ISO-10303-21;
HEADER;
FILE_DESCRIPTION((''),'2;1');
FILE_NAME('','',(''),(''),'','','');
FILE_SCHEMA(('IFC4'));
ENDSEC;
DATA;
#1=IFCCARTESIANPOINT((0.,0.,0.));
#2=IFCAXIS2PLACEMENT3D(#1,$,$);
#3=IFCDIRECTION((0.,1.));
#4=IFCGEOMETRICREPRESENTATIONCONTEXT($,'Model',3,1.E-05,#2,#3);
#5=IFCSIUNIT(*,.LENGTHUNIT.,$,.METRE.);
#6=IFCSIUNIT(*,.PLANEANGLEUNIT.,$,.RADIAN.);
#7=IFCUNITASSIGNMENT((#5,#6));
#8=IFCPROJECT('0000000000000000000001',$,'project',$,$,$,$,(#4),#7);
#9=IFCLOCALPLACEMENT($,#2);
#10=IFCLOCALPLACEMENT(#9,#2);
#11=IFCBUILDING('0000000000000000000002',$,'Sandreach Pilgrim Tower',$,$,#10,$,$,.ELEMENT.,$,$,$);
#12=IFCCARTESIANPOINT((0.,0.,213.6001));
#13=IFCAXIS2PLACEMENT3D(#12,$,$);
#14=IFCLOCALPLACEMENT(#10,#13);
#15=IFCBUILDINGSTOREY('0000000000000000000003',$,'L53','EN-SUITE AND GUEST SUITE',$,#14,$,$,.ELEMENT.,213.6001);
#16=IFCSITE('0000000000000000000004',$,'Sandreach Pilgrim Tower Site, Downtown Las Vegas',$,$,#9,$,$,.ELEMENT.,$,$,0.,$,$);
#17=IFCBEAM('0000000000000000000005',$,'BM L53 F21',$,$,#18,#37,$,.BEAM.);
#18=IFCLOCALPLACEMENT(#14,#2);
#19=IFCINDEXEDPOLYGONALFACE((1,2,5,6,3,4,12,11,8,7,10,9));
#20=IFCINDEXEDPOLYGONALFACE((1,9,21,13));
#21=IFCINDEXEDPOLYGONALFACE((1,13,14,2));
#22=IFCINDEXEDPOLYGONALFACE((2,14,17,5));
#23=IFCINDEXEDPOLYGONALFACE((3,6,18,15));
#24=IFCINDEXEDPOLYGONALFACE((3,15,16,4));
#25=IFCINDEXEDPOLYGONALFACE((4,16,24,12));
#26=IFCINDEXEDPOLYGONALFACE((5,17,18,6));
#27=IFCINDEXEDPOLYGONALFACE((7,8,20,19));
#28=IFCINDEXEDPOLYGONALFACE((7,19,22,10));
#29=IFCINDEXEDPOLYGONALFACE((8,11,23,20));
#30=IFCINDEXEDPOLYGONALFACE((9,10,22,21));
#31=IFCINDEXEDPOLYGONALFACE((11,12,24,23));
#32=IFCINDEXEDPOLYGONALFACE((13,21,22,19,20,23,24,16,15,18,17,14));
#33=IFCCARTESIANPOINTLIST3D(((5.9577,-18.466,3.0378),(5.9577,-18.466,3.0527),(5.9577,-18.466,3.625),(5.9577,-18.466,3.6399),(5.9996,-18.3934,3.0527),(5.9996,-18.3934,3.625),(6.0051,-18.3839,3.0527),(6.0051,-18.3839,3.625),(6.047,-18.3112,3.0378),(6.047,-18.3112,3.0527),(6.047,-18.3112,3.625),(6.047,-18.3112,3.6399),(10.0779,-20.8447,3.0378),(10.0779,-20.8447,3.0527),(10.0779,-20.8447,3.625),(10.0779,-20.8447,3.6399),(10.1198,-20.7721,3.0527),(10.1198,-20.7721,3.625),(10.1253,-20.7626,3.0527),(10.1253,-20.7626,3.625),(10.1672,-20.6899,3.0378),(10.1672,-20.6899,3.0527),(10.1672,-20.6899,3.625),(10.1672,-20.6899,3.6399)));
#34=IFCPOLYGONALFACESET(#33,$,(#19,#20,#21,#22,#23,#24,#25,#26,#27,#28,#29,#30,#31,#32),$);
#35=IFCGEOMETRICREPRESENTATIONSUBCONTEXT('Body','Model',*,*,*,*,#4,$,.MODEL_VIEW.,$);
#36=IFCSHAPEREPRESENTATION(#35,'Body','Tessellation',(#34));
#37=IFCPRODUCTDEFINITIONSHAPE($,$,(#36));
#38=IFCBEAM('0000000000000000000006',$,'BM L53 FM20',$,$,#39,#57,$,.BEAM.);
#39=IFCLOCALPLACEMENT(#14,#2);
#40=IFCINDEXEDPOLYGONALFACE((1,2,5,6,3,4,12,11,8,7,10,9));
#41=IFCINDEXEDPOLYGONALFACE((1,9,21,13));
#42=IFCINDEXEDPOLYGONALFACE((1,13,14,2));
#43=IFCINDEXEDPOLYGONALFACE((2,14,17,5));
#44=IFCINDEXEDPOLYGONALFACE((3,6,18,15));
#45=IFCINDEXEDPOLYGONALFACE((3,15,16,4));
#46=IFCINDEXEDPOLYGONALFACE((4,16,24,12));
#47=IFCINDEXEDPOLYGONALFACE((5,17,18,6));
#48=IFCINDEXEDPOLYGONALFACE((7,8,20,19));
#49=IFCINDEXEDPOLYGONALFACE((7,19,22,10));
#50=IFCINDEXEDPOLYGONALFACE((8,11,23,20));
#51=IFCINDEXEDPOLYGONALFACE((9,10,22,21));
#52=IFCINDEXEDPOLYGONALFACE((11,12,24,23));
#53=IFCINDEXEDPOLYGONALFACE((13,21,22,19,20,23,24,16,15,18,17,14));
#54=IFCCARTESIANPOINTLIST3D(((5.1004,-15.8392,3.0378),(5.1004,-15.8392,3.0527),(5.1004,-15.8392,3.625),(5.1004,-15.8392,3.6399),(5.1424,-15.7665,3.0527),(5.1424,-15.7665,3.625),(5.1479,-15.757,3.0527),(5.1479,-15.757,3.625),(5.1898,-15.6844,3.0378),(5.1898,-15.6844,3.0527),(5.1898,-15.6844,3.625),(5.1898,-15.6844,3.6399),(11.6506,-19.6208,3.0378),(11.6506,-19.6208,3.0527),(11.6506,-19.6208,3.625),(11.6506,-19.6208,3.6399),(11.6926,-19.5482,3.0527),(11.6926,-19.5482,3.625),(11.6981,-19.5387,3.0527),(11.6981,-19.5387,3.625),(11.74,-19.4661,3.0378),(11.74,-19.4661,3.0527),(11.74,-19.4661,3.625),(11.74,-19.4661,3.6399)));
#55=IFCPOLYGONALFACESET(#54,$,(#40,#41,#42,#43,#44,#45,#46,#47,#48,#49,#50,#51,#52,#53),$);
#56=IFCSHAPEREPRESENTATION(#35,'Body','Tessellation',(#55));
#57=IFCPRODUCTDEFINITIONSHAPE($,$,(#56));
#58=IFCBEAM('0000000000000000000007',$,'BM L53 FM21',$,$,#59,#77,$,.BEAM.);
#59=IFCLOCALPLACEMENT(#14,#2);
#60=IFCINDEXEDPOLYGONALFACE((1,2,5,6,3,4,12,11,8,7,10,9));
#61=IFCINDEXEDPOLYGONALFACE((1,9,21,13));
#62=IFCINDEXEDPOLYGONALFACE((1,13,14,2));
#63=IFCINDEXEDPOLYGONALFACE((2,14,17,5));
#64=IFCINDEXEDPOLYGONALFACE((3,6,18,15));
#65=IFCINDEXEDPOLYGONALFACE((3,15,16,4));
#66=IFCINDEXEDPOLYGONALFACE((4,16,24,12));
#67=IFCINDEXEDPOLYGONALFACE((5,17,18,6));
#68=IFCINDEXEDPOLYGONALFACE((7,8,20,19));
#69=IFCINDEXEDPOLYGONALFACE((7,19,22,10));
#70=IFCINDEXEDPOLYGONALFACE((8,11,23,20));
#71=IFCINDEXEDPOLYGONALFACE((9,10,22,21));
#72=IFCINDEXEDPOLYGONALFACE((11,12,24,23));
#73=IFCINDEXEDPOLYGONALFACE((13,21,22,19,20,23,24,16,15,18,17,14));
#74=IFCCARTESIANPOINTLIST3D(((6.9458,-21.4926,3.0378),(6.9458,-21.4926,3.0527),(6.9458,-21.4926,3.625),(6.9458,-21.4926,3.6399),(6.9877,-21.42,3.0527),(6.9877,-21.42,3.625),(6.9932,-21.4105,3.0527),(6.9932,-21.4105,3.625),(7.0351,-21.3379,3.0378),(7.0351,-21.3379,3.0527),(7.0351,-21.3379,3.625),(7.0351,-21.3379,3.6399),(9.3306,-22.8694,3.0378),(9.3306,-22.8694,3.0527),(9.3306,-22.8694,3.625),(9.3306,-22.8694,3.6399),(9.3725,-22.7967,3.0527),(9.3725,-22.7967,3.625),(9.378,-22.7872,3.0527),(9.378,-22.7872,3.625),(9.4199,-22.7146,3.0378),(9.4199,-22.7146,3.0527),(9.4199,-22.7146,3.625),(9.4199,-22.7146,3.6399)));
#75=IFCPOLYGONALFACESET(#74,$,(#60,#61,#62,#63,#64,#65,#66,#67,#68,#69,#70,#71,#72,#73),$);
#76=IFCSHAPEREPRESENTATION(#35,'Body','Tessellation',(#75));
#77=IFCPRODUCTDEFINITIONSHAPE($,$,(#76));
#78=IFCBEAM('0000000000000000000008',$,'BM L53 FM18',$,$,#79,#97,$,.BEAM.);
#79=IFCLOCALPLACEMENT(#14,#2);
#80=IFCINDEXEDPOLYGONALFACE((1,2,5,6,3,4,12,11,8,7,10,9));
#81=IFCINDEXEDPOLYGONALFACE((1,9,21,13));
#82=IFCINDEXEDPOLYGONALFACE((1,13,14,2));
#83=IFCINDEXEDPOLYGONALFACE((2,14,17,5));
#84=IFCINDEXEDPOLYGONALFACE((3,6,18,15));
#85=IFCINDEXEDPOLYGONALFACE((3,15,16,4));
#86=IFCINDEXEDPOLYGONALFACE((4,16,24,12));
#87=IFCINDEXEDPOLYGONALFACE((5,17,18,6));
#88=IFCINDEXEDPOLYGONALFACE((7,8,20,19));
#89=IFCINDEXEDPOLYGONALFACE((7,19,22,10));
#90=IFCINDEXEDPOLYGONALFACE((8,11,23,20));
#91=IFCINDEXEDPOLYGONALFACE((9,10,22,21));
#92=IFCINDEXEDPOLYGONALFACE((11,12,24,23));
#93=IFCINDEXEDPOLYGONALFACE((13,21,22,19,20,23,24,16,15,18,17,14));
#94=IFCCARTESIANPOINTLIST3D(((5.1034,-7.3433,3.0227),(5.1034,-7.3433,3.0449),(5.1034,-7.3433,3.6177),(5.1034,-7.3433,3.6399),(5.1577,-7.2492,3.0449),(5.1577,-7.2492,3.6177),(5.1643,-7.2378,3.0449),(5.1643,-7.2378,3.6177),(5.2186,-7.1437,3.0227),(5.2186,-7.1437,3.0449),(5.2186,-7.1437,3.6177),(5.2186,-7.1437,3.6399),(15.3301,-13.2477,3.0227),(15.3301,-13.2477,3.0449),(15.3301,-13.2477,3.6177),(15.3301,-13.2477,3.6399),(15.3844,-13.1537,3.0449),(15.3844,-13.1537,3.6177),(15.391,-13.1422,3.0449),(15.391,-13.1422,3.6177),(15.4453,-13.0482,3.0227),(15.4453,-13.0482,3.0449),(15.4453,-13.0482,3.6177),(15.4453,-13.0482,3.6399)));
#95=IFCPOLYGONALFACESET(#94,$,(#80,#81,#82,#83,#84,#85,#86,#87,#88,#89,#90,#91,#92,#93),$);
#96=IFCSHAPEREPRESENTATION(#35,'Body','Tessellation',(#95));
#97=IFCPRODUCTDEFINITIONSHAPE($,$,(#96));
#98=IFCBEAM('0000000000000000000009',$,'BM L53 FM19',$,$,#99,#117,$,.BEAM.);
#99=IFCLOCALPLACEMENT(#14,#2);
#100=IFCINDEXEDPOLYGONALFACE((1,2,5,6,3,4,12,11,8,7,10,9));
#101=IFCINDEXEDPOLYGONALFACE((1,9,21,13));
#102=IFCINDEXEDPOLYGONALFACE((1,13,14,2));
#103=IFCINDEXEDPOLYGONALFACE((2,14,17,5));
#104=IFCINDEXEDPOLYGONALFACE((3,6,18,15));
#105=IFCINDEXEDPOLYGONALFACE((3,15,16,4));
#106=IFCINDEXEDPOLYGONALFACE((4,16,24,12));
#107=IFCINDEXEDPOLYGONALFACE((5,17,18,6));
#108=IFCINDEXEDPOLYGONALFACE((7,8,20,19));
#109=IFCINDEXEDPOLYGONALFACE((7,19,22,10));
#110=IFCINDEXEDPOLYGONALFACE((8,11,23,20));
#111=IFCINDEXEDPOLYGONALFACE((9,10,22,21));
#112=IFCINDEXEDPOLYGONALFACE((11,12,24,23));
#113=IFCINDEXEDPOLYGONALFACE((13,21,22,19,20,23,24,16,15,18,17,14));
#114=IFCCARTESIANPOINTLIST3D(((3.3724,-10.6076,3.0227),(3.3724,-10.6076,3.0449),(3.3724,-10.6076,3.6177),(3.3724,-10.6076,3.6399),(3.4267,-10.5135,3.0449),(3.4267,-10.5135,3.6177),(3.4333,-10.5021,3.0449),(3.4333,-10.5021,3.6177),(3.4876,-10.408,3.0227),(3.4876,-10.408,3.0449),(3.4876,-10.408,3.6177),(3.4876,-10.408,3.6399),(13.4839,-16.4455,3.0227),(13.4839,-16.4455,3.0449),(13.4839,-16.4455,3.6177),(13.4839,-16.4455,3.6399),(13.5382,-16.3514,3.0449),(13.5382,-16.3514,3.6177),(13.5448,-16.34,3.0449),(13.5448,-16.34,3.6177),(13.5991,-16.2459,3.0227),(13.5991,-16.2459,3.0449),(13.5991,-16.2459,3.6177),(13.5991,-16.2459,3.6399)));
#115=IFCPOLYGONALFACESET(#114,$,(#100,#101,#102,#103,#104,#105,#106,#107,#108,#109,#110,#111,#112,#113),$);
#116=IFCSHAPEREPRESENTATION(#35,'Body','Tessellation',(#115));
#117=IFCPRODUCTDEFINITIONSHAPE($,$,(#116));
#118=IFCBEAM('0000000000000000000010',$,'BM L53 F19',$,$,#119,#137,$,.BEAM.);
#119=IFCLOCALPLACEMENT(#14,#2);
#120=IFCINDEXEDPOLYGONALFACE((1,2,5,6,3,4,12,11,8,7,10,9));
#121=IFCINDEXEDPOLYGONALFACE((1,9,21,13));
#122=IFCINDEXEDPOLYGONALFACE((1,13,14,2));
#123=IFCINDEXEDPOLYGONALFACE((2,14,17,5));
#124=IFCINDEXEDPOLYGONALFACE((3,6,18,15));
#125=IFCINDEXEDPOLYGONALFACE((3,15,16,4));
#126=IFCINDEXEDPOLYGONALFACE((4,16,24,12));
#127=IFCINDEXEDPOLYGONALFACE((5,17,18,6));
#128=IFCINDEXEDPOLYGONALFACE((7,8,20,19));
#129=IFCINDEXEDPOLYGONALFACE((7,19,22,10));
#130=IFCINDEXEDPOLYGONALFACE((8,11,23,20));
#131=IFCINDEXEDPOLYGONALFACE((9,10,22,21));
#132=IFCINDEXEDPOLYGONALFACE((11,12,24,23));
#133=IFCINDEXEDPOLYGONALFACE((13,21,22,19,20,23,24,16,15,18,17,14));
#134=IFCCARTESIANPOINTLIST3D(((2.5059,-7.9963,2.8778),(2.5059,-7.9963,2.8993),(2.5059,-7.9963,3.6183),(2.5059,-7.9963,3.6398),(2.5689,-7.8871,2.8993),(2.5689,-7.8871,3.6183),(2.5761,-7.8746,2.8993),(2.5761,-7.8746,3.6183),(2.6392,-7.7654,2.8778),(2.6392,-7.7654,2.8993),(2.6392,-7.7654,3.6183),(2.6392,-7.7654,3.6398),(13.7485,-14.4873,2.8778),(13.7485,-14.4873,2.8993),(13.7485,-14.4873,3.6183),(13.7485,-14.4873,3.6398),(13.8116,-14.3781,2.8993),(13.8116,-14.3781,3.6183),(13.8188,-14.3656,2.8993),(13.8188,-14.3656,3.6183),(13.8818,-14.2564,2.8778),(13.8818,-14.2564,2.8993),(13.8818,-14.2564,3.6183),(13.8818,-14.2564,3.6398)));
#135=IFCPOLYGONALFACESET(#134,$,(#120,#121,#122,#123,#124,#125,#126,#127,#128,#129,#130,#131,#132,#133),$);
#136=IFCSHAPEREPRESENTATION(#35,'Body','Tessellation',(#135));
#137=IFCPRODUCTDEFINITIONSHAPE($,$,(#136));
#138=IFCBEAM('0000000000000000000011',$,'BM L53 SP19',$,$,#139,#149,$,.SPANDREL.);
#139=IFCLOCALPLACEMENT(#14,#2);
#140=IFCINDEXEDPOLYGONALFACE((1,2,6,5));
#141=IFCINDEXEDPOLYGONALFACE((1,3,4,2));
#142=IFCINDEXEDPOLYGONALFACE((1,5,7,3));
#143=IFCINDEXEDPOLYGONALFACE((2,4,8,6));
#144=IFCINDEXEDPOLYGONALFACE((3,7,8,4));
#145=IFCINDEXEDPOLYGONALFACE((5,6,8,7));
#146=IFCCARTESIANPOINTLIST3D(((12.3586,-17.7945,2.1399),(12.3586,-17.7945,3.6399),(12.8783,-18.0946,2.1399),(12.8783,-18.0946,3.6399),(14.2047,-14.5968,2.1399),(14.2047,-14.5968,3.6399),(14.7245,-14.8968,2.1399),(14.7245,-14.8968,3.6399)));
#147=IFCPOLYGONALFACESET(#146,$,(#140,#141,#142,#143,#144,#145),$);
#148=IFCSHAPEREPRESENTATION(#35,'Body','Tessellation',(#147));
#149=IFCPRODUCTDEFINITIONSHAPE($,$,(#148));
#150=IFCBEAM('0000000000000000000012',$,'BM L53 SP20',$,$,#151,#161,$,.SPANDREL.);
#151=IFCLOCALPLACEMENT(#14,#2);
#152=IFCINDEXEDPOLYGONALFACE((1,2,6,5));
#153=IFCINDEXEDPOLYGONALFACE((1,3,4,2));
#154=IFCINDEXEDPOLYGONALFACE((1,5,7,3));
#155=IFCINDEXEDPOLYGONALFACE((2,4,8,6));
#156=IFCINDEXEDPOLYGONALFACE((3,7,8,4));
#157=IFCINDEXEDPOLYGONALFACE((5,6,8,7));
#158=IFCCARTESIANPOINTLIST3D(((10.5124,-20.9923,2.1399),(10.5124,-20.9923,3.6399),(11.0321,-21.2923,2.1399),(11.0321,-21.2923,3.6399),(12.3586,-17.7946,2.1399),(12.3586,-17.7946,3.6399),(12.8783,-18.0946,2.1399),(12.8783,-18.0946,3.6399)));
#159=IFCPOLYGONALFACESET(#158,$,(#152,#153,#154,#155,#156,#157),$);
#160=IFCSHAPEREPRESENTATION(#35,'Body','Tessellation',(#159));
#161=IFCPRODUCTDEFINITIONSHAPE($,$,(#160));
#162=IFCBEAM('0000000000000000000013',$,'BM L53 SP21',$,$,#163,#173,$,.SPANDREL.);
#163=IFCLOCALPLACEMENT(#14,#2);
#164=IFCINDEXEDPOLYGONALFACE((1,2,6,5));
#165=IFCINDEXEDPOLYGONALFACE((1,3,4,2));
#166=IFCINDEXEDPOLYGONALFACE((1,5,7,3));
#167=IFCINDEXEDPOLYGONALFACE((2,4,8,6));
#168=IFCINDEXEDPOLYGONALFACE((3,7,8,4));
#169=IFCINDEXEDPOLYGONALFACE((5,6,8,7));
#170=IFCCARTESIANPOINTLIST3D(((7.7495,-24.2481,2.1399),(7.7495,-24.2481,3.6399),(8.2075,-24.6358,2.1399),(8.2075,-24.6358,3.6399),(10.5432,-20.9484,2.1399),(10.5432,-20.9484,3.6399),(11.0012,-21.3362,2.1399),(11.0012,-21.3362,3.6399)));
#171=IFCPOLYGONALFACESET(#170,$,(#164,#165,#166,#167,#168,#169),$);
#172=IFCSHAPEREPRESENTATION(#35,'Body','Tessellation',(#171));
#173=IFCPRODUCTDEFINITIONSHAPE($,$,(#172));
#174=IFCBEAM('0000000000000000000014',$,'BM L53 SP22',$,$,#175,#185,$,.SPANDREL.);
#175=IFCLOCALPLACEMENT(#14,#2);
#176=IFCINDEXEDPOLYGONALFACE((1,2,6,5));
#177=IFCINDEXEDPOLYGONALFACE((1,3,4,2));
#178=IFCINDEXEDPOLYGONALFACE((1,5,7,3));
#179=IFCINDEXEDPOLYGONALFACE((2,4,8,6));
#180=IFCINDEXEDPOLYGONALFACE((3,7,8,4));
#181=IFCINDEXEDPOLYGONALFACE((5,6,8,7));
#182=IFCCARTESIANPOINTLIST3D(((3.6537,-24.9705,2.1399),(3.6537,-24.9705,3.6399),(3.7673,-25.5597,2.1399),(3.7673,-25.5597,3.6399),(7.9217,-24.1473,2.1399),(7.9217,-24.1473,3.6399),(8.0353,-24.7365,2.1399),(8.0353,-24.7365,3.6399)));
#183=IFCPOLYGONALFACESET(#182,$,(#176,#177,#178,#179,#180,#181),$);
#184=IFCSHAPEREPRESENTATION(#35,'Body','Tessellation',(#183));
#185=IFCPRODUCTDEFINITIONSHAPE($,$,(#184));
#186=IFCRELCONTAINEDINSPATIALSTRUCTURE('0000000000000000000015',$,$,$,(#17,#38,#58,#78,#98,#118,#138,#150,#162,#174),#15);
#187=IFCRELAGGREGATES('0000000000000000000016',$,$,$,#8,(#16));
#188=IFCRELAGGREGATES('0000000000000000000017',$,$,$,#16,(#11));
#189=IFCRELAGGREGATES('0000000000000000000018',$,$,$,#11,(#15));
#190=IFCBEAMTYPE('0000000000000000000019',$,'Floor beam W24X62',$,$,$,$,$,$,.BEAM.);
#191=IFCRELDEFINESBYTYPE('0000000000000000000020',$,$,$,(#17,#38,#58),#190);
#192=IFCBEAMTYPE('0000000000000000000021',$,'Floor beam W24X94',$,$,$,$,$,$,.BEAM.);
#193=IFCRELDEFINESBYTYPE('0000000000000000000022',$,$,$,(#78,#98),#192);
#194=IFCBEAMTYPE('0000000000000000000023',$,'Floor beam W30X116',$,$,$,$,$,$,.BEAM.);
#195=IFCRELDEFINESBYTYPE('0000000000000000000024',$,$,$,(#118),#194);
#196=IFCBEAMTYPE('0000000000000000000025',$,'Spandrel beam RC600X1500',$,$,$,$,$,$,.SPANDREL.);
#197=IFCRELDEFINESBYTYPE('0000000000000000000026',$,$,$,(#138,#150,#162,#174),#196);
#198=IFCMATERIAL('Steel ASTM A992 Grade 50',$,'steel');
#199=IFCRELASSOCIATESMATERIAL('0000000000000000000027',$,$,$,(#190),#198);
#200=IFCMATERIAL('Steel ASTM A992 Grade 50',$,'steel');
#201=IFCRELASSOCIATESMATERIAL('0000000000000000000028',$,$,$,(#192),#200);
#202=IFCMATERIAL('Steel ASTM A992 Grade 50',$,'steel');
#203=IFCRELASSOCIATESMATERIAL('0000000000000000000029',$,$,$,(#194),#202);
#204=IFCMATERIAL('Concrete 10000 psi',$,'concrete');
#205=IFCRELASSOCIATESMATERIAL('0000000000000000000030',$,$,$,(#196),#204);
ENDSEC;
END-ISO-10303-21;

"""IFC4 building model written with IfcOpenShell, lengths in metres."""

from ifc_helpers import new_model, si_unit, direction, frame, origin, origin_2d, place, context, subcontext, project, spatial, rectangle, i_section, extrude, material, material_profile, profile_set, type_object, element, save


model = new_model("IFC4")

# Units and contexts
model_context = context("Model", 3, precision=1e-05, world=origin(), true_north=direction((0.0, 1.0)))
body_context = subcontext(model_context, "Body", "Model", "MODEL_VIEW")
ifc_project = project(units=[si_unit("LENGTHUNIT", "METRE"), si_unit("PLANEANGLEUNIT", "RADIAN")], contexts=[model_context])

# Site, building, storey
site_placement = place(None, origin())
site = spatial("IfcSite", under=ifc_project, at=site_placement, Name="Sandreach Pilgrim Tower Site, Downtown Las Vegas", CompositionType="ELEMENT", RefElevation=0.0)
building_placement = place(site_placement, origin())
building = spatial("IfcBuilding", under=site, at=building_placement, Name="Sandreach Pilgrim Tower", CompositionType="ELEMENT")
storey_placement = place(building_placement, frame((0.0, 0.0, 213.6001)))
storey = spatial("IfcBuildingStorey", under=building, at=storey_placement, Name="L53", Description="EN-SUITE AND GUEST SUITE", CompositionType="ELEMENT", Elevation=213.6001)

# Beams
ifc_material_1 = material(Name="Steel ASTM A992 Grade 50", Category="steel")
ifc_material_profile_1 = material_profile(ifc_material_1, i_section(OverallWidth=0.1787, OverallDepth=0.6021, WebThickness=0.011, FlangeThickness=0.0149, at=origin_2d()), Name="W24X62")
ifc_profile_set_1 = profile_set([ifc_material_profile_1], Name="Steel ASTM A992 Grade 50")
beam_type_1 = type_object("IfcBeamType", Name="Floor beam W24X62", PredefinedType="BEAM", material=ifc_profile_set_1)
beam_1_placement = place(storey_placement, frame((10.1226, -20.7673, 3.3389), z_axis=(-0.866033, 0.499986, 0.0), x_axis=(-0.499986, -0.866033, 0.0)))
element("IfcBeam", 1, at=beam_1_placement, inside=storey, type_object=beam_type_1, Name="BM L53 F21", PredefinedType="BEAM", context=body_context, shape_type="SweptSolid", body=[
    extrude(i_section(OverallWidth=0.1787, OverallDepth=0.6021, WebThickness=0.011, FlangeThickness=0.0149, at=origin_2d()), origin(), (0.0, 0.0, 1.0), 4.7576),
])
beam_2_placement = place(storey_placement, frame((11.6953, -19.5435, 3.3389), z_axis=(-0.86603, 0.499993, 0.0), x_axis=(-0.499993, -0.86603, 0.0)))
element("IfcBeam", 2, at=beam_2_placement, inside=storey, type_object=beam_type_1, Name="BM L53 FM20", PredefinedType="BEAM", context=body_context, shape_type="SweptSolid", body=[
    extrude(i_section(OverallWidth=0.1787, OverallDepth=0.6021, WebThickness=0.011, FlangeThickness=0.0149, at=origin_2d()), origin(), (0.0, 0.0, 1.0), 7.5635),
])
beam_3_placement = place(storey_placement, frame((9.3752, -22.792, 3.3389), z_axis=(-0.866047, 0.499963, 0.0), x_axis=(-0.499963, -0.866047, 0.0)))
element("IfcBeam", 3, at=beam_3_placement, inside=storey, type_object=beam_type_1, Name="BM L53 FM21", PredefinedType="BEAM", context=body_context, shape_type="SweptSolid", body=[
    extrude(i_section(OverallWidth=0.1787, OverallDepth=0.6021, WebThickness=0.011, FlangeThickness=0.0149, at=origin_2d()), origin(), (0.0, 0.0, 1.0), 2.7537),
])
ifc_material_2 = material(Name="Steel ASTM A992 Grade 50", Category="steel")
ifc_material_profile_2 = material_profile(ifc_material_2, i_section(OverallWidth=0.2305, OverallDepth=0.6172, WebThickness=0.0132, FlangeThickness=0.0222, at=origin_2d()), Name="W24X94")
ifc_profile_set_2 = profile_set([ifc_material_profile_2], Name="Steel ASTM A992 Grade 50")
beam_type_2 = type_object("IfcBeamType", Name="Floor beam W24X94", PredefinedType="BEAM", material=ifc_profile_set_2)
beam_4_placement = place(storey_placement, frame((15.3877, -13.1479, 3.3313), z_axis=(-0.866022, 0.500006, 0.0), x_axis=(-0.500006, -0.866022, 0.0)))
element("IfcBeam", 4, at=beam_4_placement, inside=storey, type_object=beam_type_2, Name="BM L53 FM18", PredefinedType="BEAM", context=body_context, shape_type="SweptSolid", body=[
    extrude(i_section(OverallWidth=0.2305, OverallDepth=0.6172, WebThickness=0.0132, FlangeThickness=0.0222, at=origin_2d()), origin(), (0.0, 0.0, 1.0), 11.8088),
])
beam_5_placement = place(storey_placement, frame((13.5415, -16.3457, 3.3313), z_axis=(-0.866026, 0.499998, 0.0), x_axis=(-0.499998, -0.866026, 0.0)))
element("IfcBeam", 5, at=beam_5_placement, inside=storey, type_object=beam_type_2, Name="BM L53 FM19", PredefinedType="BEAM", context=body_context, shape_type="SweptSolid", body=[
    extrude(i_section(OverallWidth=0.2305, OverallDepth=0.6172, WebThickness=0.0132, FlangeThickness=0.0222, at=origin_2d()), origin(), (0.0, 0.0, 1.0), 11.6758),
])
ifc_material_3 = material(Name="Steel ASTM A992 Grade 50", Category="steel")
ifc_material_profile_3 = material_profile(ifc_material_3, i_section(OverallWidth=0.2666, OverallDepth=0.762, WebThickness=0.0144, FlangeThickness=0.0215, at=origin_2d()), Name="W30X116")
ifc_profile_set_3 = profile_set([ifc_material_profile_3], Name="Steel ASTM A992 Grade 50")
beam_type_3 = type_object("IfcBeamType", Name="Floor beam W30X116", PredefinedType="BEAM", material=ifc_profile_set_3)
beam_6_placement = place(storey_placement, frame((13.8152, -14.3718, 3.2588), z_axis=(-0.866025, 0.5, 0.0), x_axis=(-0.5, -0.866025, 0.0)))
element("IfcBeam", 6, at=beam_6_placement, inside=storey, type_object=beam_type_3, Name="BM L53 F19", PredefinedType="BEAM", context=body_context, shape_type="SweptSolid", body=[
    extrude(i_section(OverallWidth=0.2666, OverallDepth=0.762, WebThickness=0.0144, FlangeThickness=0.0215, at=origin_2d()), origin(), (0.0, 0.0, 1.0), 12.9819),
])
ifc_material_4 = material(Name="Concrete 10000 psi", Category="concrete")
ifc_material_profile_4 = material_profile(ifc_material_4, rectangle(XDim=0.6001, YDim=1.5, at=origin_2d()), Name="RC600X1500")
ifc_profile_set_4 = profile_set([ifc_material_profile_4], Name="Concrete 10000 psi")
beam_type_4 = type_object("IfcBeamType", Name="Spandrel beam RC600X1500", PredefinedType="SPANDREL", material=ifc_profile_set_4)
for number, where, z_axis, x_axis, name in (
    (7, (14.4646, -14.7468, 2.8899), (-0.499993, -0.866029, 0.0), (0.866029, -0.499993, 0.0), "BM L53 SP19"),
    (8, (12.6184, -17.9446, 2.8899), (-0.499993, -0.866029, 0.0), (0.866029, -0.499993, 0.0), "BM L53 SP20"),
):
    element("IfcBeam", number, at=place(storey_placement, frame(where, z_axis=z_axis, x_axis=x_axis)), inside=storey, type_object=beam_type_4, Name=name, PredefinedType="SPANDREL", context=body_context, shape_type="SweptSolid", body=[
        extrude(rectangle(XDim=0.6001, YDim=1.5, at=origin_2d()), origin(), (0.0, 0.0, 1.0), 3.6924),
    ])
beam_7_placement = place(storey_placement, frame((10.7722, -21.1423, 2.8899), z_axis=(-0.64618, -0.763185, 0.0), x_axis=(0.763185, -0.64618, 0.0)))
element("IfcBeam", 9, at=beam_7_placement, inside=storey, type_object=beam_type_4, Name="BM L53 SP21", PredefinedType="SPANDREL", context=body_context, shape_type="SweptSolid", body=[
    extrude(rectangle(XDim=0.6001, YDim=1.5, at=origin_2d()), origin(), (0.0, 0.0, 1.0), 4.3235),
])
beam_8_placement = place(storey_placement, frame((7.9785, -24.4419, 2.8899), z_axis=(-0.981901, -0.189393, 0.0), x_axis=(0.189393, -0.981901, 0.0)))
element("IfcBeam", 10, at=beam_8_placement, inside=storey, type_object=beam_type_4, Name="BM L53 SP22", PredefinedType="SPANDREL", context=body_context, shape_type="SweptSolid", body=[
    extrude(rectangle(XDim=0.6001, YDim=1.5, at=origin_2d()), origin(), (0.0, 0.0, 1.0), 4.3467),
])

save(model, "model.ifc")
